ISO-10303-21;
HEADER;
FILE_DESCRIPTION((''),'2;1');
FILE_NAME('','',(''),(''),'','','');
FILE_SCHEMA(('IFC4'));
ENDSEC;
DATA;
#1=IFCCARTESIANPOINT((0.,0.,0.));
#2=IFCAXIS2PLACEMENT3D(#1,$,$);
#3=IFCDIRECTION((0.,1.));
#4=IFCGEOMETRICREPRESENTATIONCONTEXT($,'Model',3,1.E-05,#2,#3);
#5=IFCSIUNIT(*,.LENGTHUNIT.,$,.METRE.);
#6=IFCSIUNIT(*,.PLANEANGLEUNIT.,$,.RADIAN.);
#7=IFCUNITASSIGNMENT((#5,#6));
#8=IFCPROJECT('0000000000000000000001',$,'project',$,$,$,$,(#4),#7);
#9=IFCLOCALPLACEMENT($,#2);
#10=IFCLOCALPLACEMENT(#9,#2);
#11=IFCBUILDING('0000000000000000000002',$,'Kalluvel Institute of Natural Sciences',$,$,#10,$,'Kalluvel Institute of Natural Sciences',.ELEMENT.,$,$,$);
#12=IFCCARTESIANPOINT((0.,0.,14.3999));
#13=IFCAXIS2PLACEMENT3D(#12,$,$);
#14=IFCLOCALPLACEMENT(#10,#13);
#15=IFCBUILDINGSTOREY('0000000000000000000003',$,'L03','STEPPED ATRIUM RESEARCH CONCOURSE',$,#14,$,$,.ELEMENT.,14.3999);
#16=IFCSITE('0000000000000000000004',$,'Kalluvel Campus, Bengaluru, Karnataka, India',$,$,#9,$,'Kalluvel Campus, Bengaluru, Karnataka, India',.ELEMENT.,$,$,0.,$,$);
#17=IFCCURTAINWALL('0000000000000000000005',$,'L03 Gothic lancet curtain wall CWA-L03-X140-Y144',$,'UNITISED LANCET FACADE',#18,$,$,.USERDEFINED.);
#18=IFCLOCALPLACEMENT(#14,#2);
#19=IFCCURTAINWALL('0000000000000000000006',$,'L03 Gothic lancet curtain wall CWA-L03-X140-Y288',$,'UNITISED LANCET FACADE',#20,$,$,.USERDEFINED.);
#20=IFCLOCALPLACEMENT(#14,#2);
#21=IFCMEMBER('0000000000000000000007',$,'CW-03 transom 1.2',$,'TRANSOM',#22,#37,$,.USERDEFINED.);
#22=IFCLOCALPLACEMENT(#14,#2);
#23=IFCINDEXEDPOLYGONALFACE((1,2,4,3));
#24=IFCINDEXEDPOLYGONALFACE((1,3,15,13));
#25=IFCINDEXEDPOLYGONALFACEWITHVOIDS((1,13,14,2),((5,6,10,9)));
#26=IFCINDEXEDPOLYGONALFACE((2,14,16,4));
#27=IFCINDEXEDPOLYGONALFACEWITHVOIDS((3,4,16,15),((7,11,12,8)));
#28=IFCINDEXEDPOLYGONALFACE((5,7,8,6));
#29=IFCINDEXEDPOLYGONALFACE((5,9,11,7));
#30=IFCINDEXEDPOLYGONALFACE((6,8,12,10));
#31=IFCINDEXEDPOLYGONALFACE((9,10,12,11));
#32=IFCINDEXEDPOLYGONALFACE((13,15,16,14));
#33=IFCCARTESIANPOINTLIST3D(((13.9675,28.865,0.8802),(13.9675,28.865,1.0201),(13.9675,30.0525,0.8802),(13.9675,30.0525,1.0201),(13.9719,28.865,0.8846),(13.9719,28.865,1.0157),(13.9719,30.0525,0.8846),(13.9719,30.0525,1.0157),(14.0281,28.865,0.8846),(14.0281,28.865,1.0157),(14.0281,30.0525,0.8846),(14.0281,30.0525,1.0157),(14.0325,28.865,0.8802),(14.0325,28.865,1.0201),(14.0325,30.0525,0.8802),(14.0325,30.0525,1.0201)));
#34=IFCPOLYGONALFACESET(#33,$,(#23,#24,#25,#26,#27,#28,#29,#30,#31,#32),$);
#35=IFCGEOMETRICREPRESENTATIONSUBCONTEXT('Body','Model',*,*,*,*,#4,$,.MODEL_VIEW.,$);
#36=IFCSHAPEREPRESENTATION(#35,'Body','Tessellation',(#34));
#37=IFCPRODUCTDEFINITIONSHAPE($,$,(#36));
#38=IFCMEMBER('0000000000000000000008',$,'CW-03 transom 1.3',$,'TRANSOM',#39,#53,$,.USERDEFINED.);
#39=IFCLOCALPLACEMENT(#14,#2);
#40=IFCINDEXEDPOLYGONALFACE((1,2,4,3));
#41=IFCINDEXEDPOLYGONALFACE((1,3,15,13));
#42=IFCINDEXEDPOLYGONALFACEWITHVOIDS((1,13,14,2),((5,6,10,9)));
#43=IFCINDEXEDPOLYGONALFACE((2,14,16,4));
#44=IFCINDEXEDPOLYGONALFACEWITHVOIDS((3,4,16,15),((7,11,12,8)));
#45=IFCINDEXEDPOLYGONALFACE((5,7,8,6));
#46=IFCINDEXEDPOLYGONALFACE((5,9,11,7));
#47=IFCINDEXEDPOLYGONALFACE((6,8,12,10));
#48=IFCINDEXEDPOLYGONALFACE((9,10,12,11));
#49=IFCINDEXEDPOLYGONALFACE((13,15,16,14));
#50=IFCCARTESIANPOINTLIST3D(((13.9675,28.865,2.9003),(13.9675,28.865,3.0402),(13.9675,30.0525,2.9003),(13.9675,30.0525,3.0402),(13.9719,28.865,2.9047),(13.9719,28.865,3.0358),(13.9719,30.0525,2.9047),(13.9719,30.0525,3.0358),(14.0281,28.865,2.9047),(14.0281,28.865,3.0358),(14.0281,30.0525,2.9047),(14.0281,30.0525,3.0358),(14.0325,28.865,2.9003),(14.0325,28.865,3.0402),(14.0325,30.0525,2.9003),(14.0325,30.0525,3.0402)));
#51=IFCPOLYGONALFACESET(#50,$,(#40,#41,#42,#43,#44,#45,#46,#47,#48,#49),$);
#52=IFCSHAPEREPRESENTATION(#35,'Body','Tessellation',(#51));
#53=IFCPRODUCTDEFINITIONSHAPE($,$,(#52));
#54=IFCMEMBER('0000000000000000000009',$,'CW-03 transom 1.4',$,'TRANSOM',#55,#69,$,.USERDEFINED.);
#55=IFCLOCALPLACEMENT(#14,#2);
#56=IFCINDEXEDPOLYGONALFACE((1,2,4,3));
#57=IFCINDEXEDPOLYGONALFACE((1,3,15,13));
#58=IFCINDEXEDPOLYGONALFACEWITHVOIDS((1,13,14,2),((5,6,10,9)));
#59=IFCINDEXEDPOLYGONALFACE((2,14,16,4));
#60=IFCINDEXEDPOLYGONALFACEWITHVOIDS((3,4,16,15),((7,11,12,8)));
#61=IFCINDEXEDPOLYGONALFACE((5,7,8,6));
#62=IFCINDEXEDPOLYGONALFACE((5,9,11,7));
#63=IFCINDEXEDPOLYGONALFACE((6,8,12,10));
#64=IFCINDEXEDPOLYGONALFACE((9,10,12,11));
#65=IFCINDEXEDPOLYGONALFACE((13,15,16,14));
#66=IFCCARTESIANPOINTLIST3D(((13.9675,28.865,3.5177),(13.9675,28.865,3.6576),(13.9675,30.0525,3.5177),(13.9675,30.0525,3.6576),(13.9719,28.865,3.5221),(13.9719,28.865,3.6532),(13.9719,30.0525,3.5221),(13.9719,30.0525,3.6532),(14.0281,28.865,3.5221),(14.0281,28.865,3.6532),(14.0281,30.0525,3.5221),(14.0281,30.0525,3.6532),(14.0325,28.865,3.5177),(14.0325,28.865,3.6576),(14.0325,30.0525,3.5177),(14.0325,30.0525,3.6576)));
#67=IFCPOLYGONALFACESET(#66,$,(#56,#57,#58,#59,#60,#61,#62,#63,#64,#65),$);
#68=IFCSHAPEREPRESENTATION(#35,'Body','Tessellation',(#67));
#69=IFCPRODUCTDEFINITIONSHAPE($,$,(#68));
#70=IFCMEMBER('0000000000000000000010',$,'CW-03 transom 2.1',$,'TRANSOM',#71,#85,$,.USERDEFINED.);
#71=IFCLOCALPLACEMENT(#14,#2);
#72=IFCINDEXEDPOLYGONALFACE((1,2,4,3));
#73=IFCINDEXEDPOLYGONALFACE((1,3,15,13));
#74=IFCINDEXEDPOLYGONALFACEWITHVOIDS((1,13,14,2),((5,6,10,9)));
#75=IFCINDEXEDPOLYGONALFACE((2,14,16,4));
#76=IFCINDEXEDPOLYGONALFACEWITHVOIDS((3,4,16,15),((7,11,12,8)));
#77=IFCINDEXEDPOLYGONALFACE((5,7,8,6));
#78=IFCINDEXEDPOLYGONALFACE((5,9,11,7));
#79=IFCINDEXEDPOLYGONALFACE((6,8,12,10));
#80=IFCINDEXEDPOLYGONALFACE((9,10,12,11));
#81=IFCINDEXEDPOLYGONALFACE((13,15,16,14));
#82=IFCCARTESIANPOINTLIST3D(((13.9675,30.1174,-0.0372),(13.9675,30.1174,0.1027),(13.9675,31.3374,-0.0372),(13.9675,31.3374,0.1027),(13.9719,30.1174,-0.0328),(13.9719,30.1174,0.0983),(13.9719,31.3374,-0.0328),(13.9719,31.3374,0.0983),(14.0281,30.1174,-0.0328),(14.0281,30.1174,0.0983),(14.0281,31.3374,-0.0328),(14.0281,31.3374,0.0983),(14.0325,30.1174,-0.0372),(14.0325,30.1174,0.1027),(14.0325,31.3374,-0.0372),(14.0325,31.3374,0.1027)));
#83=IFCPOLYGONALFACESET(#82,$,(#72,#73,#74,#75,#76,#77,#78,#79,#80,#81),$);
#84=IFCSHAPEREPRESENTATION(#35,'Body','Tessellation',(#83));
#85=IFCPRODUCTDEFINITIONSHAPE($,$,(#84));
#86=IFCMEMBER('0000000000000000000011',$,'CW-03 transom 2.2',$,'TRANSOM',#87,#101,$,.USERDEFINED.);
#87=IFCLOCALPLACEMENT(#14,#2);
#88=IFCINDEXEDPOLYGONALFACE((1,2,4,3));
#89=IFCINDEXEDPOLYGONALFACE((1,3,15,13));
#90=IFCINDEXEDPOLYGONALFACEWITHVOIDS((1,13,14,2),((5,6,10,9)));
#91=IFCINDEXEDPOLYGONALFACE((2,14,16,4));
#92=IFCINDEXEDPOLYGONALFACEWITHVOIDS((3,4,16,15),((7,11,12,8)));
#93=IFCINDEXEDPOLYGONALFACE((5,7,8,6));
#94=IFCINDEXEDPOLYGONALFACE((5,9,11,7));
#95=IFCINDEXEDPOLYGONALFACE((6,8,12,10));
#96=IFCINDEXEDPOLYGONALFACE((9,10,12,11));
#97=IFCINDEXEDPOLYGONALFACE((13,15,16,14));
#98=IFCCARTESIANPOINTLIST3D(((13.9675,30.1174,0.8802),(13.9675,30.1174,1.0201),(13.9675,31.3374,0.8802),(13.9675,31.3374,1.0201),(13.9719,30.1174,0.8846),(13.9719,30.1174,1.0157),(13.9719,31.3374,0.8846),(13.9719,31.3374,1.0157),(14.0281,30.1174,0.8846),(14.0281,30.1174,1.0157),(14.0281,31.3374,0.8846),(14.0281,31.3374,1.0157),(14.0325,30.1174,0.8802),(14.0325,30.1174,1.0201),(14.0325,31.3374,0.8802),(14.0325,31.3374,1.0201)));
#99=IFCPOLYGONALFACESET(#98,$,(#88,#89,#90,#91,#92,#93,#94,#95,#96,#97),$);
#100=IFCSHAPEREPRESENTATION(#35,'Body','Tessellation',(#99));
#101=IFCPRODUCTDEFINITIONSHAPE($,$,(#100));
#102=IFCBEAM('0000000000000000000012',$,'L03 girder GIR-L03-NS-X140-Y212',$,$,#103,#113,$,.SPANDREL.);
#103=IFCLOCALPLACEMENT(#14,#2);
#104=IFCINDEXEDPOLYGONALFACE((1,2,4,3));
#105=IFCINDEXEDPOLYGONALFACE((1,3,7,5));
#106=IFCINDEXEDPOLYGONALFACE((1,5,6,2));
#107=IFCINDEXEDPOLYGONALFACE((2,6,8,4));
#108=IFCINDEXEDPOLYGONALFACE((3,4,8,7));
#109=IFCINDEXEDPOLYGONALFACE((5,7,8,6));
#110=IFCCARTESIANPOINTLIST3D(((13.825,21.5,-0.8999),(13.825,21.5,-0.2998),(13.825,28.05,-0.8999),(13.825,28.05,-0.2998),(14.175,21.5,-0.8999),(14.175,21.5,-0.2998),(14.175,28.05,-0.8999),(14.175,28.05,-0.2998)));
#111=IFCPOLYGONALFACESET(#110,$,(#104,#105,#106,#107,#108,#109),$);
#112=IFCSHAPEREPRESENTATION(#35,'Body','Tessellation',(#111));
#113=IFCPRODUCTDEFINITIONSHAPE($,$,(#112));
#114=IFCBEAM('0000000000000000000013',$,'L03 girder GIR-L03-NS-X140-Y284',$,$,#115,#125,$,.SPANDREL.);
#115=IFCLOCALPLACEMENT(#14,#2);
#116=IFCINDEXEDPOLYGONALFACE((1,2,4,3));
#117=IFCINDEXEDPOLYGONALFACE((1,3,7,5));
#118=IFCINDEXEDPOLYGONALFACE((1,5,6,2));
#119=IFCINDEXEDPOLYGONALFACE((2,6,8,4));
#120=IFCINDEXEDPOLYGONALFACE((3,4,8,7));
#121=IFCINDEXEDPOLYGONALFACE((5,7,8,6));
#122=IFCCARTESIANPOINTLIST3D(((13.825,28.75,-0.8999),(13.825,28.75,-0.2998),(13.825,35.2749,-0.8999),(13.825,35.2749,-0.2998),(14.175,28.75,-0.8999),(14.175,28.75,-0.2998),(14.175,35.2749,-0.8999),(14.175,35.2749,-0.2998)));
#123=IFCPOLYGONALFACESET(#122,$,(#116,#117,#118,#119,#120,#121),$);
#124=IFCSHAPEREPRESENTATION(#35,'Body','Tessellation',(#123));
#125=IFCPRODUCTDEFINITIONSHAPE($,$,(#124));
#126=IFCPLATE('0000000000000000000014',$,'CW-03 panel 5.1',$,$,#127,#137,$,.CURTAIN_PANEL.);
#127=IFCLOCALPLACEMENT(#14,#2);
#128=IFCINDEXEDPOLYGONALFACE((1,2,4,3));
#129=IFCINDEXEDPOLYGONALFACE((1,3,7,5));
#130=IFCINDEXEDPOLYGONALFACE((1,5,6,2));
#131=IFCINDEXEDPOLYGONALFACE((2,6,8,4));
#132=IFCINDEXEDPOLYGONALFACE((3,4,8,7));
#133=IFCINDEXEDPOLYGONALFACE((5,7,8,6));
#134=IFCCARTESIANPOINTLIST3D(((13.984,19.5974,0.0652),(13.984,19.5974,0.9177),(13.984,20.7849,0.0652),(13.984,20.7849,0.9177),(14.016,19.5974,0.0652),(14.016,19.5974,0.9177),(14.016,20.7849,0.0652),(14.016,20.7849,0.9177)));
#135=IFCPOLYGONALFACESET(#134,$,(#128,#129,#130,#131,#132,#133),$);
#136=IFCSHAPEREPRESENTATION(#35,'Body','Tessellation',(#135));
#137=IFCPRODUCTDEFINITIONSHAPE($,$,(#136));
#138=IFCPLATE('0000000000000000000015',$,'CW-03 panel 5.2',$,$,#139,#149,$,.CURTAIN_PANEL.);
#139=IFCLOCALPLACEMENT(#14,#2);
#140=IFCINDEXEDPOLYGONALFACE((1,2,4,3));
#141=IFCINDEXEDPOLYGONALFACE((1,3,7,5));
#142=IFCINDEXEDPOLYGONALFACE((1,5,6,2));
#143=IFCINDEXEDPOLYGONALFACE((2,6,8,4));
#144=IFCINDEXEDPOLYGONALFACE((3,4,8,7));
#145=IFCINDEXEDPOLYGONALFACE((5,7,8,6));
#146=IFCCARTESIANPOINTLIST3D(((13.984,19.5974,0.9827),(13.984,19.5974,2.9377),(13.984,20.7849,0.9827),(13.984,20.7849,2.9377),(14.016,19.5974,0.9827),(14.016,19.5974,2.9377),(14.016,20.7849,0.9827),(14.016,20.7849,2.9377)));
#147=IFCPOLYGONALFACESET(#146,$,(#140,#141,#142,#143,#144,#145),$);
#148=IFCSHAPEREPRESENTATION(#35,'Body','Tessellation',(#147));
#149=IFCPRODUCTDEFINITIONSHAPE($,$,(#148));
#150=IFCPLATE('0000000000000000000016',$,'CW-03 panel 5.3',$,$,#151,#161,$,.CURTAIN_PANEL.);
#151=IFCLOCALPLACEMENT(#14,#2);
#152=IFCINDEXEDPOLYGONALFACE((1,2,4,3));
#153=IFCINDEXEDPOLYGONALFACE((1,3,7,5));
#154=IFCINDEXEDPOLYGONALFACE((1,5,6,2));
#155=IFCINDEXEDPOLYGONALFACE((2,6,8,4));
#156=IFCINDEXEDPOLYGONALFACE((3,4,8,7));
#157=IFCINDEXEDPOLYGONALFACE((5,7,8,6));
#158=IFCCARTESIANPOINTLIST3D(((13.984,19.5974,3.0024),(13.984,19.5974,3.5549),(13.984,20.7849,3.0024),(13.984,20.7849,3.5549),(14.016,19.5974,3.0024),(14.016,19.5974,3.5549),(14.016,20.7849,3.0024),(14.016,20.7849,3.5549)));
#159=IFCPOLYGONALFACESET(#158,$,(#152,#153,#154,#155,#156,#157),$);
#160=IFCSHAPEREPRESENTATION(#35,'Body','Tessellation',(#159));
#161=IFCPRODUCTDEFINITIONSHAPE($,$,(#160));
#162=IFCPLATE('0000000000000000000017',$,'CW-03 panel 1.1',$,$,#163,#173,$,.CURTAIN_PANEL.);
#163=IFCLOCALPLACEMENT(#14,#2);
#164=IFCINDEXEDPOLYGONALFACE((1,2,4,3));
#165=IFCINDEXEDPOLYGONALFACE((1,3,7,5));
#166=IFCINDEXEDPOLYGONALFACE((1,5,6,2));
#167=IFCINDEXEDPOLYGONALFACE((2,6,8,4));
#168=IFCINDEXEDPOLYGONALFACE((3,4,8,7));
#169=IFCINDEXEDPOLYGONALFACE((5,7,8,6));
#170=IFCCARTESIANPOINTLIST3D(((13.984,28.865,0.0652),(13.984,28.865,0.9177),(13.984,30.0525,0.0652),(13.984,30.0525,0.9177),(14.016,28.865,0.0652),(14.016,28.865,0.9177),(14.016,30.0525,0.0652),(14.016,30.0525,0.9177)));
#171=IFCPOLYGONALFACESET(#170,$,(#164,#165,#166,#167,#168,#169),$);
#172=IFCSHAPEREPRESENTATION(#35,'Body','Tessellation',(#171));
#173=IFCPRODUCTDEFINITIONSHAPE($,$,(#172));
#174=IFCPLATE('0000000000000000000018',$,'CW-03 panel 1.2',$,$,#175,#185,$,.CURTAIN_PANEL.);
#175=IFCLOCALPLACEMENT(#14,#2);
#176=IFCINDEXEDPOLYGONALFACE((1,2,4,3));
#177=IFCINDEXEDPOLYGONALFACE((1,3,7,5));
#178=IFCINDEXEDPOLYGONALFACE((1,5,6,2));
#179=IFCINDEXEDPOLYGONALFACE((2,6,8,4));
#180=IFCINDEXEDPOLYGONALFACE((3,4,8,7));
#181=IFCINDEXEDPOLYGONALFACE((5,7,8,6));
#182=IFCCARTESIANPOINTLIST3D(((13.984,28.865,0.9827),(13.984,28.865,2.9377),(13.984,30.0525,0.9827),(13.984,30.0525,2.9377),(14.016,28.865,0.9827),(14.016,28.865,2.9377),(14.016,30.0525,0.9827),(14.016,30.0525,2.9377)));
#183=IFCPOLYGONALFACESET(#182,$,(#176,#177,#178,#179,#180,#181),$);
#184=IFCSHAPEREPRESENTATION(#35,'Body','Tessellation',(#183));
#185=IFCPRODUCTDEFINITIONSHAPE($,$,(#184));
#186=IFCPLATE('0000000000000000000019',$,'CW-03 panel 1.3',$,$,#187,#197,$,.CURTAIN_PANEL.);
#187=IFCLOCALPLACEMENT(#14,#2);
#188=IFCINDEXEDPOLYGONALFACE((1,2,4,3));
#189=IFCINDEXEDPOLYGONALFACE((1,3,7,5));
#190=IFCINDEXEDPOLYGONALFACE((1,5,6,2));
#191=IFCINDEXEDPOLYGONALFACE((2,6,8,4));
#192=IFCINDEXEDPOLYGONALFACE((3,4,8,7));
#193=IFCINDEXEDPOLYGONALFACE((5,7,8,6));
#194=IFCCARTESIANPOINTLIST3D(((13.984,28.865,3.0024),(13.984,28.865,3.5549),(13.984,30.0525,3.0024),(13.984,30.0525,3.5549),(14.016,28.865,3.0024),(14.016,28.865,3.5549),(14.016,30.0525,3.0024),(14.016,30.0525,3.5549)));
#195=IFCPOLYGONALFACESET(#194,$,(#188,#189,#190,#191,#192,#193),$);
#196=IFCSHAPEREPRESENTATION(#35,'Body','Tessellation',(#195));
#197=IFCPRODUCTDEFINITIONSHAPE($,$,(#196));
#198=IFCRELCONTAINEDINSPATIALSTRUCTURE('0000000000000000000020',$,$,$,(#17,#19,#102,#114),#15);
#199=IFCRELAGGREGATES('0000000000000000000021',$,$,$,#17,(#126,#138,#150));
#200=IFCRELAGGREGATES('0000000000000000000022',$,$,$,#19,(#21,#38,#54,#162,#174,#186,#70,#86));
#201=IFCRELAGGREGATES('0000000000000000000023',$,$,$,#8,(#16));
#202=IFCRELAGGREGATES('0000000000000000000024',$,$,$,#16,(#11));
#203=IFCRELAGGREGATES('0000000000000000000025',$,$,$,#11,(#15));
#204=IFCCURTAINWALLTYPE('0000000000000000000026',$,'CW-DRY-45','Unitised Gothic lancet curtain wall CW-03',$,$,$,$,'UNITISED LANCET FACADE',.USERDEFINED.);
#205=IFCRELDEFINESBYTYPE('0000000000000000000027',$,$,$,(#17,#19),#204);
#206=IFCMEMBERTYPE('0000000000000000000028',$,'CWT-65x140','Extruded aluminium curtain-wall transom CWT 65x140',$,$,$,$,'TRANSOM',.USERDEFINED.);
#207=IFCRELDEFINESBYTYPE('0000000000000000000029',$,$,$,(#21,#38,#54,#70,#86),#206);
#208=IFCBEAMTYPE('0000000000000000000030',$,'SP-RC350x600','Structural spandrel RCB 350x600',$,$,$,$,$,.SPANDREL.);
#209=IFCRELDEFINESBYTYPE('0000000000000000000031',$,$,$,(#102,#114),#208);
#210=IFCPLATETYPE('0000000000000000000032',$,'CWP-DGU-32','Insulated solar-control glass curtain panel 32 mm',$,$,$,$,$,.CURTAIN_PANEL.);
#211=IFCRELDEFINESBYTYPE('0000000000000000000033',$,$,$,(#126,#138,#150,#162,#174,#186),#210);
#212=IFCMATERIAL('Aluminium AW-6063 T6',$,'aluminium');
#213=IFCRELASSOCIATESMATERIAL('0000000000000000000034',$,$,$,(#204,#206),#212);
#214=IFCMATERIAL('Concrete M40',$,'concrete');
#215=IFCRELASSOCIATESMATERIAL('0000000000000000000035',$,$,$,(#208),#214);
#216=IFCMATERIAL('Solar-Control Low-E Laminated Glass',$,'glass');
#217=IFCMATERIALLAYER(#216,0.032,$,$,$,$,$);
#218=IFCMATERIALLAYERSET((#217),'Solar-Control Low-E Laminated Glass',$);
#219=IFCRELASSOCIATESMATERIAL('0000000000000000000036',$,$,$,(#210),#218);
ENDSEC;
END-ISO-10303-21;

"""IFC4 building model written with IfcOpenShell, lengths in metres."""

from ifc_helpers import new_model, si_unit, direction, frame, origin, origin_2d, place, context, subcontext, project, spatial, rectangle, hollow_rectangle, extrude, material, layer, layer_set, material_profile, profile_set, type_object, element, aggregate, save


model = new_model("IFC4")

# Units and contexts
model_context = context("Model", 3, precision=1e-05, world=origin(), true_north=direction((0.0, 1.0)))
body_context = subcontext(model_context, "Body", "Model", "MODEL_VIEW")
ifc_project = project(units=[si_unit("LENGTHUNIT", "METRE"), si_unit("PLANEANGLEUNIT", "RADIAN")], contexts=[model_context])

# Site, building, storey
site_placement = place(None, origin())
site = spatial("IfcSite", under=ifc_project, at=site_placement, Name="Kalluvel Campus, Bengaluru, Karnataka, India", LongName="Kalluvel Campus, Bengaluru, Karnataka, India", CompositionType="ELEMENT", RefElevation=0.0)
building_placement = place(site_placement, origin())
building = spatial("IfcBuilding", under=site, at=building_placement, Name="Kalluvel Institute of Natural Sciences", LongName="Kalluvel Institute of Natural Sciences", CompositionType="ELEMENT")
storey_placement = place(building_placement, frame((0.0, 0.0, 14.3999)))
storey = spatial("IfcBuildingStorey", under=building, at=storey_placement, Name="L03", Description="STEPPED ATRIUM RESEARCH CONCOURSE", CompositionType="ELEMENT", Elevation=14.3999)

# Shared definitions
ifc_material_1 = material(Name="Concrete M40", Category="concrete")

# Curtain walls
ifc_material_2 = material(Name="Aluminium AW-6063 T6", Category="aluminium")
curtain_wall_type = type_object("IfcCurtainWallType", Name="CW-DRY-45", Description="Unitised Gothic lancet curtain wall CW-03", ElementType="UNITISED LANCET FACADE", PredefinedType="USERDEFINED", material=ifc_material_2)
curtain_wall_1_placement = place(storey_placement, origin())
curtain_wall_1 = element("IfcCurtainWall", 1, at=curtain_wall_1_placement, inside=storey, type_object=curtain_wall_type, Name="L03 Gothic lancet curtain wall CWA-L03-X140-Y144", ObjectType="UNITISED LANCET FACADE", PredefinedType="USERDEFINED")
curtain_wall_2_placement = place(storey_placement, origin())
curtain_wall_2 = element("IfcCurtainWall", 2, at=curtain_wall_2_placement, inside=storey, type_object=curtain_wall_type, Name="L03 Gothic lancet curtain wall CWA-L03-X140-Y288", ObjectType="UNITISED LANCET FACADE", PredefinedType="USERDEFINED")

# Members
ifc_material_profile_1 = material_profile(ifc_material_2, hollow_rectangle(XDim=0.0649, YDim=0.1399, WallThickness=0.0044, at=origin_2d()), Name="CWT 65x140")
ifc_profile_set_1 = profile_set([ifc_material_profile_1], Name="Aluminium AW-6063 T6")
member_type_1 = type_object("IfcMemberType", Name="CWT-65x140", Description="Extruded aluminium curtain-wall transom CWT 65x140", ElementType="TRANSOM", PredefinedType="USERDEFINED", material=ifc_profile_set_1)
member_1_placement = place(storey_placement, frame((14.0, 28.865, 0.9502), z_axis=(0.0, 1.0, 0.0), x_axis=(-1.0, 0.0, 0.0)))
member_1 = element("IfcMember", 3, at=member_1_placement, type_object=member_type_1, Name="CW-03 transom 1.2", ObjectType="TRANSOM", PredefinedType="USERDEFINED", context=body_context, shape_type="SweptSolid", body=[
    extrude(hollow_rectangle(XDim=0.0649, YDim=0.1399, WallThickness=0.0044, at=origin_2d()), origin(), (0.0, 0.0, 1.0), 1.1875),
])
member_2_placement = place(storey_placement, frame((14.0, 28.865, 2.9702), z_axis=(0.0, 1.0, 0.0), x_axis=(-1.0, 0.0, 0.0)))
member_2 = element("IfcMember", 4, at=member_2_placement, type_object=member_type_1, Name="CW-03 transom 1.3", ObjectType="TRANSOM", PredefinedType="USERDEFINED", context=body_context, shape_type="SweptSolid", body=[
    extrude(hollow_rectangle(XDim=0.0649, YDim=0.1399, WallThickness=0.0044, at=origin_2d()), origin(), (0.0, 0.0, 1.0), 1.1875),
])
member_3_placement = place(storey_placement, frame((14.0, 28.865, 3.5876), z_axis=(0.0, 1.0, 0.0), x_axis=(-1.0, 0.0, 0.0)))
member_3 = element("IfcMember", 5, at=member_3_placement, type_object=member_type_1, Name="CW-03 transom 1.4", ObjectType="TRANSOM", PredefinedType="USERDEFINED", context=body_context, shape_type="SweptSolid", body=[
    extrude(hollow_rectangle(XDim=0.0649, YDim=0.1399, WallThickness=0.0044, at=origin_2d()), origin(), (0.0, 0.0, 1.0), 1.1875),
])
member_4_placement = place(storey_placement, frame((14.0, 30.1174, 0.0327), z_axis=(0.0, 1.0, 0.0), x_axis=(-1.0, 0.0, 0.0)))
member_4 = element("IfcMember", 6, at=member_4_placement, type_object=member_type_1, Name="CW-03 transom 2.1", ObjectType="TRANSOM", PredefinedType="USERDEFINED", context=body_context, shape_type="SweptSolid", body=[
    extrude(hollow_rectangle(XDim=0.0649, YDim=0.1399, WallThickness=0.0044, at=origin_2d()), origin(), (0.0, 0.0, 1.0), 1.22),
])
member_5_placement = place(storey_placement, frame((14.0, 30.1174, 0.9502), z_axis=(0.0, 1.0, 0.0), x_axis=(-1.0, 0.0, 0.0)))
member_5 = element("IfcMember", 7, at=member_5_placement, type_object=member_type_1, Name="CW-03 transom 2.2", ObjectType="TRANSOM", PredefinedType="USERDEFINED", context=body_context, shape_type="SweptSolid", body=[
    extrude(hollow_rectangle(XDim=0.0649, YDim=0.1399, WallThickness=0.0044, at=origin_2d()), origin(), (0.0, 0.0, 1.0), 1.22),
])

# Beams
ifc_material_profile_2 = material_profile(ifc_material_1, rectangle(XDim=0.3501, YDim=0.6001, at=origin_2d()), Name="RCB 350x600")
ifc_profile_set_2 = profile_set([ifc_material_profile_2], Name="Concrete M40")
beam_type = type_object("IfcBeamType", Name="SP-RC350x600", Description="Structural spandrel RCB 350x600", PredefinedType="SPANDREL", material=ifc_profile_set_2)
beam_1_placement = place(storey_placement, frame((14.0, 21.5, -0.5999), z_axis=(0.0, 1.0, 0.0), x_axis=(-1.0, 0.0, 0.0)))
element("IfcBeam", 8, at=beam_1_placement, inside=storey, type_object=beam_type, Name="L03 girder GIR-L03-NS-X140-Y212", PredefinedType="SPANDREL", context=body_context, shape_type="SweptSolid", body=[
    extrude(rectangle(XDim=0.3501, YDim=0.6001, at=origin_2d()), origin(), (0.0, 0.0, 1.0), 6.55),
])
beam_2_placement = place(storey_placement, frame((14.0, 28.75, -0.5999), z_axis=(0.0, 1.0, 0.0), x_axis=(-1.0, 0.0, 0.0)))
element("IfcBeam", 9, at=beam_2_placement, inside=storey, type_object=beam_type, Name="L03 girder GIR-L03-NS-X140-Y284", PredefinedType="SPANDREL", context=body_context, shape_type="SweptSolid", body=[
    extrude(rectangle(XDim=0.3501, YDim=0.6001, at=origin_2d()), origin(), (0.0, 0.0, 1.0), 6.5249),
])

# Plates
ifc_material_3 = material(Name="Solar-Control Low-E Laminated Glass", Category="glass")
ifc_layer_1 = layer(ifc_material_3, 0.032)
ifc_layer_set_1 = layer_set([ifc_layer_1], Name="Solar-Control Low-E Laminated Glass")
plate_type = type_object("IfcPlateType", Name="CWP-DGU-32", Description="Insulated solar-control glass curtain panel 32 mm", PredefinedType="CURTAIN_PANEL", material=ifc_layer_set_1)
plate_1_placement = place(storey_placement, frame((14.0, 20.1912, 0.0652), z_axis=(0.0, 0.0, 1.0), x_axis=(0.0, 1.0, 0.0)))
plate_1 = element("IfcPlate", 10, at=plate_1_placement, type_object=plate_type, Name="CW-03 panel 5.1", PredefinedType="CURTAIN_PANEL", context=body_context, shape_type="SweptSolid", body=[
    extrude(rectangle(XDim=1.1875, YDim=0.032, at=origin_2d()), origin(), (0.0, 0.0, 1.0), 0.8525),
])
plate_2_placement = place(storey_placement, frame((14.0, 20.1912, 0.9827), z_axis=(0.0, 0.0, 1.0), x_axis=(0.0, 1.0, 0.0)))
plate_2 = element("IfcPlate", 11, at=plate_2_placement, type_object=plate_type, Name="CW-03 panel 5.2", PredefinedType="CURTAIN_PANEL", context=body_context, shape_type="SweptSolid", body=[
    extrude(rectangle(XDim=1.1875, YDim=0.032, at=origin_2d()), origin(), (0.0, 0.0, 1.0), 1.9551),
])
plate_3_placement = place(storey_placement, frame((14.0, 20.1912, 3.0024), z_axis=(0.0, 0.0, 1.0), x_axis=(0.0, 1.0, 0.0)))
plate_3 = element("IfcPlate", 12, at=plate_3_placement, type_object=plate_type, Name="CW-03 panel 5.3", PredefinedType="CURTAIN_PANEL", context=body_context, shape_type="SweptSolid", body=[
    extrude(rectangle(XDim=1.1875, YDim=0.032, at=origin_2d()), origin(), (0.0, 0.0, 1.0), 0.5525),
])
aggregate(curtain_wall_1, [plate_1, plate_2, plate_3])
plate_4_placement = place(storey_placement, frame((14.0, 29.4587, 0.0652), z_axis=(0.0, 0.0, 1.0), x_axis=(0.0, 1.0, 0.0)))
plate_4 = element("IfcPlate", 13, at=plate_4_placement, type_object=plate_type, Name="CW-03 panel 1.1", PredefinedType="CURTAIN_PANEL", context=body_context, shape_type="SweptSolid", body=[
    extrude(rectangle(XDim=1.1875, YDim=0.032, at=origin_2d()), origin(), (0.0, 0.0, 1.0), 0.8525),
])
plate_5_placement = place(storey_placement, frame((14.0, 29.4587, 0.9827), z_axis=(0.0, 0.0, 1.0), x_axis=(0.0, 1.0, 0.0)))
plate_5 = element("IfcPlate", 14, at=plate_5_placement, type_object=plate_type, Name="CW-03 panel 1.2", PredefinedType="CURTAIN_PANEL", context=body_context, shape_type="SweptSolid", body=[
    extrude(rectangle(XDim=1.1875, YDim=0.032, at=origin_2d()), origin(), (0.0, 0.0, 1.0), 1.9551),
])
plate_6_placement = place(storey_placement, frame((14.0, 29.4587, 3.0024), z_axis=(0.0, 0.0, 1.0), x_axis=(0.0, 1.0, 0.0)))
plate_6 = element("IfcPlate", 15, at=plate_6_placement, type_object=plate_type, Name="CW-03 panel 1.3", PredefinedType="CURTAIN_PANEL", context=body_context, shape_type="SweptSolid", body=[
    extrude(rectangle(XDim=1.1875, YDim=0.032, at=origin_2d()), origin(), (0.0, 0.0, 1.0), 0.5525),
])
aggregate(curtain_wall_2, [member_1, member_2, member_3, plate_4, plate_5, plate_6, member_4, member_5])

save(model, "model.ifc")
